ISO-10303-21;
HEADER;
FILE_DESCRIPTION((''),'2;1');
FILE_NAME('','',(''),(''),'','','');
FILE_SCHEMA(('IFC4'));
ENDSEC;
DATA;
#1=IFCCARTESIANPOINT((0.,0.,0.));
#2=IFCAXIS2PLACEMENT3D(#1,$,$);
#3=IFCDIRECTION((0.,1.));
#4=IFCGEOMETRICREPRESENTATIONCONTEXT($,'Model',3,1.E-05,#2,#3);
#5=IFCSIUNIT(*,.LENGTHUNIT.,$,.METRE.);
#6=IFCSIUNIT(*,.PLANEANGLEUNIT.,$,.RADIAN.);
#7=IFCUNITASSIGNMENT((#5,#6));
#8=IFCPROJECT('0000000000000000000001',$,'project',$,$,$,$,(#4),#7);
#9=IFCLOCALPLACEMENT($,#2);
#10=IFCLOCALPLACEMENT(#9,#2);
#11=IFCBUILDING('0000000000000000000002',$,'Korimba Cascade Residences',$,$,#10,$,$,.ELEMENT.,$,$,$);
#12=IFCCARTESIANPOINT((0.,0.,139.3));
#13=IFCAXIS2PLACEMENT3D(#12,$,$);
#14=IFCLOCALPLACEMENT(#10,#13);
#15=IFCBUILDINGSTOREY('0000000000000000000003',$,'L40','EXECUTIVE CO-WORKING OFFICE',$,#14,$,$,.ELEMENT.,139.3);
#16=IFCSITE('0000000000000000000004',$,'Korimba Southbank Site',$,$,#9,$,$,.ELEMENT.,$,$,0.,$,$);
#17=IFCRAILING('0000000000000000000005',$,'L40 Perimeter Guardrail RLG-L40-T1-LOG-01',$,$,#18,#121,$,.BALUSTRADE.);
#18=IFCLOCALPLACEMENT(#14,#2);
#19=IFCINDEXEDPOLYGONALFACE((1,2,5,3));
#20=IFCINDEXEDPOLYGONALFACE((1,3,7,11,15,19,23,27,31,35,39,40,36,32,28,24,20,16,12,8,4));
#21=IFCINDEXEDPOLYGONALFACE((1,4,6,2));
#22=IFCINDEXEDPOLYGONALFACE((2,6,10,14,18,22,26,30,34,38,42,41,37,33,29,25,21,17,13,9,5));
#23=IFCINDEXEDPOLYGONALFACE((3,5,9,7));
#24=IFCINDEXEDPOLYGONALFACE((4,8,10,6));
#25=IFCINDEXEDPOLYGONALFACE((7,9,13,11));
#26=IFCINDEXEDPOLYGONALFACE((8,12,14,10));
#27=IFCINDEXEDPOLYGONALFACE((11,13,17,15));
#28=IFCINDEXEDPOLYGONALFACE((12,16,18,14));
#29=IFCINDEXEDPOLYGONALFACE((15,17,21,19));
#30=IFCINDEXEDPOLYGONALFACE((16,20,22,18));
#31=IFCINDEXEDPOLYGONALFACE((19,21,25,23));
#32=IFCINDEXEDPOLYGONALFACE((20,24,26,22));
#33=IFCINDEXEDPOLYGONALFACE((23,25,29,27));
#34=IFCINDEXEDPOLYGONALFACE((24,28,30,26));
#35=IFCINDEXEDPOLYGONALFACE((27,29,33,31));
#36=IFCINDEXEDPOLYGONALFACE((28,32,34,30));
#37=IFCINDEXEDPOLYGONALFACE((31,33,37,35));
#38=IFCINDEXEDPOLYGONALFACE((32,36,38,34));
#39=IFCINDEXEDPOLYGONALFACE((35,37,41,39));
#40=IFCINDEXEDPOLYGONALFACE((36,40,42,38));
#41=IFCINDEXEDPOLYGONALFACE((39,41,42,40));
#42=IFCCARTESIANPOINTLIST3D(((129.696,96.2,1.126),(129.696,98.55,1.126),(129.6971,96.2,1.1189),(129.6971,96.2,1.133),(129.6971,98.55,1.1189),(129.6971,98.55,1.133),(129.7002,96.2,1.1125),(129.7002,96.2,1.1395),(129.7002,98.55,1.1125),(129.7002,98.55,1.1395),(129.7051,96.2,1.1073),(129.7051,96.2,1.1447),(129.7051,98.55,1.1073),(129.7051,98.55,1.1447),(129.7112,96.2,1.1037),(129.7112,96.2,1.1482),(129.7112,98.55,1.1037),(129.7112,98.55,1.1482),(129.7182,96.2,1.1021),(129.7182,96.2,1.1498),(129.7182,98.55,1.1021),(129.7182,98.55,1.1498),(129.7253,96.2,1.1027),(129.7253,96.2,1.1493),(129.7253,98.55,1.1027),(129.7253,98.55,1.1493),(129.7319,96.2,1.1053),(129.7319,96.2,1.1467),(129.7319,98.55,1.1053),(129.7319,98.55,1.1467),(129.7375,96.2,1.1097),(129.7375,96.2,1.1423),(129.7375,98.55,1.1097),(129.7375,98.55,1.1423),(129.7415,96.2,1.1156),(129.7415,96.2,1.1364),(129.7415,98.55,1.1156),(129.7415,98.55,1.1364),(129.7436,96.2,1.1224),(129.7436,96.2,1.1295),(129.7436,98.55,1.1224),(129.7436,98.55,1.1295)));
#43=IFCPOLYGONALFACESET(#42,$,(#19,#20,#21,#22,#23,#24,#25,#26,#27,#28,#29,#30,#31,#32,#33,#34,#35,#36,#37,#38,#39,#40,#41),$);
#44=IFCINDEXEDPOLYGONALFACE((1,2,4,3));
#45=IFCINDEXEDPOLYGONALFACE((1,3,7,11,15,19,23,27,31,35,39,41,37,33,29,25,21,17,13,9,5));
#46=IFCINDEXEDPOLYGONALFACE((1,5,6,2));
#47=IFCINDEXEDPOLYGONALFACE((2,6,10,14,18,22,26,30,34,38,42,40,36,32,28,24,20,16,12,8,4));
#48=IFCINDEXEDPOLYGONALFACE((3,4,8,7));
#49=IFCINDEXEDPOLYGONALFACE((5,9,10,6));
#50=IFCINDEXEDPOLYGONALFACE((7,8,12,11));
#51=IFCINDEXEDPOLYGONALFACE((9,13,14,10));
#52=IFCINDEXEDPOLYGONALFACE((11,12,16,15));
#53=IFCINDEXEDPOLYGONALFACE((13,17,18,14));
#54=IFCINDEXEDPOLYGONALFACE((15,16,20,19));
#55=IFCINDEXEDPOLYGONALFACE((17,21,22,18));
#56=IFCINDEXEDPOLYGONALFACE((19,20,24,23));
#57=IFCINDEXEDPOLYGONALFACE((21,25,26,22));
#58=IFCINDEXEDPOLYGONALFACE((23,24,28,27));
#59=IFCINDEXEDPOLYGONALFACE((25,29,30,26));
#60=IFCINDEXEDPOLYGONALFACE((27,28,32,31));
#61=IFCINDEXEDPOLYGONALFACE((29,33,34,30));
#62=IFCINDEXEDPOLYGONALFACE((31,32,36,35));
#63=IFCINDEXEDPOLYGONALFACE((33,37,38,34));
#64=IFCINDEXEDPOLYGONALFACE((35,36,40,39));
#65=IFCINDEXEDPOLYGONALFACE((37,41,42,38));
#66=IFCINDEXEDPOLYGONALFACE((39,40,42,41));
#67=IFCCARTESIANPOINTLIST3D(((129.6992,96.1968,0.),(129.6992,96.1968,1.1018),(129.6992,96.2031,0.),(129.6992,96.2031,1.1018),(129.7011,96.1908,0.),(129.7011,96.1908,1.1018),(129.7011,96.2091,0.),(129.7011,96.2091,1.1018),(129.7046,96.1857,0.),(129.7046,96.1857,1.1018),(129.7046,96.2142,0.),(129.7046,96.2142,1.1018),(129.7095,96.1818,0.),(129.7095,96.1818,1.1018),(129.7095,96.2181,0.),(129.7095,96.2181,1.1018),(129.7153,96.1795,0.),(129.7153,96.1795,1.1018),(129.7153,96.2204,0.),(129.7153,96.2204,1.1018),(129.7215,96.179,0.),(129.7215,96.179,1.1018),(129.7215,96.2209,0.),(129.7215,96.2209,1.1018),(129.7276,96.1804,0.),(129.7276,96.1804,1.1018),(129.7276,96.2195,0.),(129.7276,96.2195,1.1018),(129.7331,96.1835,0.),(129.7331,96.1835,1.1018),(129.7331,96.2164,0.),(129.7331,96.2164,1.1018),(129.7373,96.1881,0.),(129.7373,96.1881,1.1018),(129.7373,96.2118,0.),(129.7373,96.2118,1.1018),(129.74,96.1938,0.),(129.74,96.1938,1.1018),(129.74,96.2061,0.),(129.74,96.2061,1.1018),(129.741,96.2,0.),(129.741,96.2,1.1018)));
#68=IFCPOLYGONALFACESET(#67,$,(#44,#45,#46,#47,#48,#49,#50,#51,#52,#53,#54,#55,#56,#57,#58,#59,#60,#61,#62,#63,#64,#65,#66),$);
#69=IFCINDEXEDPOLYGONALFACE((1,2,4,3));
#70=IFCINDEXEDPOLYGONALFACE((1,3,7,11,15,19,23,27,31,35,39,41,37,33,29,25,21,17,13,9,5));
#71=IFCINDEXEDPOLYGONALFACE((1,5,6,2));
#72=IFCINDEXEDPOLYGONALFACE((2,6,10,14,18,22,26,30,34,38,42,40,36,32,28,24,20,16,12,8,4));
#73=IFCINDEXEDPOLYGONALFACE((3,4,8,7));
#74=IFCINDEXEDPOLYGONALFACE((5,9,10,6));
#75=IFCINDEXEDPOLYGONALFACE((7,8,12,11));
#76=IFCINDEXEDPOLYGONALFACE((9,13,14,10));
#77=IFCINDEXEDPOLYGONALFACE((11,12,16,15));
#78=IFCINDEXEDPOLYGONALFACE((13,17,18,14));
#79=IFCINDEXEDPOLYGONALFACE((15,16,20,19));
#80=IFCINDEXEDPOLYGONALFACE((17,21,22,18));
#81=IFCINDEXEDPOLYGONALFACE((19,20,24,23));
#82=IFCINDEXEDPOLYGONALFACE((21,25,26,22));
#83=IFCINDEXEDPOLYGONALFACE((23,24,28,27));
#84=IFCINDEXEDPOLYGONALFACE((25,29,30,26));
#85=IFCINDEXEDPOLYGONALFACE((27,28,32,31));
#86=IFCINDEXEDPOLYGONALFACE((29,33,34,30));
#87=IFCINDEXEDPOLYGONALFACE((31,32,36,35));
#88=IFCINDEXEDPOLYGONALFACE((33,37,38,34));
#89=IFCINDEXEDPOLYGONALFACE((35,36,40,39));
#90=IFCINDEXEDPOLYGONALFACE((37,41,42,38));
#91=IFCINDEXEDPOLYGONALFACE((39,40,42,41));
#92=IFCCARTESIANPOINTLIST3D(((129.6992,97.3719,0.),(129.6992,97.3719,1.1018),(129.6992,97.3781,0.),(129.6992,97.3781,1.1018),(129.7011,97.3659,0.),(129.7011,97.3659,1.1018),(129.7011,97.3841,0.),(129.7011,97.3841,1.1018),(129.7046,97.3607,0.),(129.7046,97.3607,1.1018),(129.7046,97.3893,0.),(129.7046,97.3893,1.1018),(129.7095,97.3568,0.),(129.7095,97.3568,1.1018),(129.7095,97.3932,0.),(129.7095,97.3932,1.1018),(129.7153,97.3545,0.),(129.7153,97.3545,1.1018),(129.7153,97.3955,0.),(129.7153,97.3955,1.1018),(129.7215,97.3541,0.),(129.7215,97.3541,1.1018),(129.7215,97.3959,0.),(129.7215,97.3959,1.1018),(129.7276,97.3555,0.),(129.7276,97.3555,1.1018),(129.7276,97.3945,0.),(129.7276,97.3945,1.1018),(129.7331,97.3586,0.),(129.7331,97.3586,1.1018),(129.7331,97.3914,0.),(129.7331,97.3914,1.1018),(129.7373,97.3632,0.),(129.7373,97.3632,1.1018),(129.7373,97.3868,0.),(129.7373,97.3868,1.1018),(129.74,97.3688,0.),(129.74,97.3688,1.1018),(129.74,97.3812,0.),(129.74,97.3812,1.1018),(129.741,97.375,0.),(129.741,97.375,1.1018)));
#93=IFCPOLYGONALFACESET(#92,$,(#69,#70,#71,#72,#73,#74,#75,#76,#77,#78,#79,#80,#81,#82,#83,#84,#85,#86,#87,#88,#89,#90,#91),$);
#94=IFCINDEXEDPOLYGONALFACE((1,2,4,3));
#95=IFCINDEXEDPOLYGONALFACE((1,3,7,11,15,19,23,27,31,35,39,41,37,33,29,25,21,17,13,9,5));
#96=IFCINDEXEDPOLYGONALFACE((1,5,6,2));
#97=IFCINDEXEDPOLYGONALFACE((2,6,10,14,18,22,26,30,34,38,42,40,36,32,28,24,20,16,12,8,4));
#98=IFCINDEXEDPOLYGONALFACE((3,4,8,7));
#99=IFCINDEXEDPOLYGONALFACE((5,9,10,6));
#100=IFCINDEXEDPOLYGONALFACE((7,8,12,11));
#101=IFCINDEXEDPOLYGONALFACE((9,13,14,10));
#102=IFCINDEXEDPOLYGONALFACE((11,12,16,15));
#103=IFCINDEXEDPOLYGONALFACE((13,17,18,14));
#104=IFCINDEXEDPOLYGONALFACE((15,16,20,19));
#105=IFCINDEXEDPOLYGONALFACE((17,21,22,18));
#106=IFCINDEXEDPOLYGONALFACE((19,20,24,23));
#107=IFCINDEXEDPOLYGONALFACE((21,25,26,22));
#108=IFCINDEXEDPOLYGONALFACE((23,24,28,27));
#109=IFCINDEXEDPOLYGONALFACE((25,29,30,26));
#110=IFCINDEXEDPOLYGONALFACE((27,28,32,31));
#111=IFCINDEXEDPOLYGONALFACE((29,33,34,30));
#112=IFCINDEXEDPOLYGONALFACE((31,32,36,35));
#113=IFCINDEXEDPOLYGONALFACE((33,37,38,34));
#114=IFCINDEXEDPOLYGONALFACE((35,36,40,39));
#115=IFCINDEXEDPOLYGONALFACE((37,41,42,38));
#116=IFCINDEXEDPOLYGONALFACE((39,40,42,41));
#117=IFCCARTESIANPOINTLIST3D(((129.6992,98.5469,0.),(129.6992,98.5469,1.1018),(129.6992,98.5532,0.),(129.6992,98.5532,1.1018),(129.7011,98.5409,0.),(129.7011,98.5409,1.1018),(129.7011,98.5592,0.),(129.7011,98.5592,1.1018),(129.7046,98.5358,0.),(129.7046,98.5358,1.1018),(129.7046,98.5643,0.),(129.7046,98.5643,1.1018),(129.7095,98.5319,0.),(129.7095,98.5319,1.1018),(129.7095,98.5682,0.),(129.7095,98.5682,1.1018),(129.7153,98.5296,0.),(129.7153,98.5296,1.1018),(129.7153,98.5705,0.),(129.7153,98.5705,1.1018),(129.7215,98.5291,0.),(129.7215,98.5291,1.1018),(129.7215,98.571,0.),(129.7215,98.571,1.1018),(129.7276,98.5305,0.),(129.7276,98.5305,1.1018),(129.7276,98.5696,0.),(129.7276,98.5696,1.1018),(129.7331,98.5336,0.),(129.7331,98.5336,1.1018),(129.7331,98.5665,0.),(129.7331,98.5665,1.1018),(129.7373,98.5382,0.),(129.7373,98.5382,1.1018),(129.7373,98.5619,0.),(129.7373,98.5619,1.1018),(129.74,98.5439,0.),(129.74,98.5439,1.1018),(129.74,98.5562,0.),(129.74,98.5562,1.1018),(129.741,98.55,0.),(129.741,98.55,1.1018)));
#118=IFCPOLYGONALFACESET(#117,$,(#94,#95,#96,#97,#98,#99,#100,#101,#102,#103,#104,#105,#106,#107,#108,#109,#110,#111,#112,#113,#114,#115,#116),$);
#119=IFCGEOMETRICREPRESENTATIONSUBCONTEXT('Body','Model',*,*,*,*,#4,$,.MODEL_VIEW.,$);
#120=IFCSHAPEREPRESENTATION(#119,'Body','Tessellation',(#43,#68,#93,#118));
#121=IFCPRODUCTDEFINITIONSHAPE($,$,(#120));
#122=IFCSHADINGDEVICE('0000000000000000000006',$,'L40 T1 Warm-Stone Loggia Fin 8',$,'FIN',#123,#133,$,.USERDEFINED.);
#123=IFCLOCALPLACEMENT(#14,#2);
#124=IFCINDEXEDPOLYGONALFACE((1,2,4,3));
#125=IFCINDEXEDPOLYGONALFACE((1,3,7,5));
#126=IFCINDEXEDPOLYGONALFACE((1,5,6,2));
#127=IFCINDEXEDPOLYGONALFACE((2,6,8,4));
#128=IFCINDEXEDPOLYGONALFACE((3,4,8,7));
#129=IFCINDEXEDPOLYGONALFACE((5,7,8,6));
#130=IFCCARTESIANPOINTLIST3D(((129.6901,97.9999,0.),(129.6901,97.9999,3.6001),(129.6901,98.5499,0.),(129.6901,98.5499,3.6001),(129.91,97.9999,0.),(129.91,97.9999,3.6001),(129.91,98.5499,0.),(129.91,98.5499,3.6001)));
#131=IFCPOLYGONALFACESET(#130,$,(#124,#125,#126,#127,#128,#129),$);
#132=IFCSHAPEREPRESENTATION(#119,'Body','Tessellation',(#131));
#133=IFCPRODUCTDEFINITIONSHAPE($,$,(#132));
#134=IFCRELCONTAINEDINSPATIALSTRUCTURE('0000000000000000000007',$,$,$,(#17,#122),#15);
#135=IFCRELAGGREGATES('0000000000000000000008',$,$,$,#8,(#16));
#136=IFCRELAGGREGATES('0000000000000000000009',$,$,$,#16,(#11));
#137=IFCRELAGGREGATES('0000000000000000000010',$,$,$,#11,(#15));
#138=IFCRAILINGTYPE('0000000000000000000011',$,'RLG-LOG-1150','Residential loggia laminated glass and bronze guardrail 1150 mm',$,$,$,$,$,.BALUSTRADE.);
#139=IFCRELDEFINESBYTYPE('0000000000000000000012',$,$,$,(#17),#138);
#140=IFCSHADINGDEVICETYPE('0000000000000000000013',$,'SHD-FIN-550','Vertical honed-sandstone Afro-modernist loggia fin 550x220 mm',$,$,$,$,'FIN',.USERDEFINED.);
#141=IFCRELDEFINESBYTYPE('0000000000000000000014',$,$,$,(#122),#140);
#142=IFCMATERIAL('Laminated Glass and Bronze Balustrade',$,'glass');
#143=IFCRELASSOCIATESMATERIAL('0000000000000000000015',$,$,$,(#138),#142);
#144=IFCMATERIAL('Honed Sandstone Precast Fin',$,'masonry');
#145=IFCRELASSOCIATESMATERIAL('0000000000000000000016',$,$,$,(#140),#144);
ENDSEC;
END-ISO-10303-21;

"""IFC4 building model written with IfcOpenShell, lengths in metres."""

from ifc_helpers import new_model, si_unit, direction, frame, origin, origin_2d, place, context, subcontext, project, spatial, rectangle, circle, extrude, material, type_object, element, save


model = new_model("IFC4")

# Units and contexts
model_context = context("Model", 3, precision=1e-05, world=origin(), true_north=direction((0.0, 1.0)))
body_context = subcontext(model_context, "Body", "Model", "MODEL_VIEW")
ifc_project = project(units=[si_unit("LENGTHUNIT", "METRE"), si_unit("PLANEANGLEUNIT", "RADIAN")], contexts=[model_context])

# Site, building, storey
site_placement = place(None, origin())
site = spatial("IfcSite", under=ifc_project, at=site_placement, Name="Korimba Southbank Site", CompositionType="ELEMENT", RefElevation=0.0)
building_placement = place(site_placement, origin())
building = spatial("IfcBuilding", under=site, at=building_placement, Name="Korimba Cascade Residences", CompositionType="ELEMENT")
storey_placement = place(building_placement, frame((0.0, 0.0, 139.3)))
storey = spatial("IfcBuildingStorey", under=building, at=storey_placement, Name="L40", Description="EXECUTIVE CO-WORKING OFFICE", CompositionType="ELEMENT", Elevation=139.3)

# Railing
ifc_material_1 = material(Name="Laminated Glass and Bronze Balustrade", Category="glass")
railing_type = type_object("IfcRailingType", Name="RLG-LOG-1150", Description="Residential loggia laminated glass and bronze guardrail 1150 mm", PredefinedType="BALUSTRADE", material=ifc_material_1)
railing_1_placement = place(storey_placement, frame((129.72, 96.2, 0.0)))
element("IfcRailing", 1, at=railing_1_placement, inside=storey, type_object=railing_type, Name="L40 Perimeter Guardrail RLG-L40-T1-LOG-01", PredefinedType="BALUSTRADE", context=body_context, shape_type="SweptSolid", body=[
    extrude(circle(Radius=0.0239, at=origin_2d()), frame((0.0, 0.0, 1.126), z_axis=(0.0, 1.0, 0.0), x_axis=(-1.0, 0.0, 0.0)), (0.0, 0.0, 1.0), 2.3501),
    extrude(circle(Radius=0.021, at=origin_2d()), origin(), (0.0, 0.0, 1.0), 1.1018),
    extrude(circle(Radius=0.021, at=origin_2d()), frame((0.0, 1.175, 0.0)), (0.0, 0.0, 1.0), 1.1018),
    extrude(circle(Radius=0.021, at=origin_2d()), frame((0.0, 2.3501, 0.0)), (0.0, 0.0, 1.0), 1.1018),
])

# Shading device
ifc_material_2 = material(Name="Honed Sandstone Precast Fin", Category="masonry")
shading_device_type = type_object("IfcShadingDeviceType", Name="SHD-FIN-550", Description="Vertical honed-sandstone Afro-modernist loggia fin 550x220 mm", ElementType="FIN", PredefinedType="USERDEFINED", material=ifc_material_2)
shading_device_placement = place(storey_placement, frame((129.8, 98.2749, 0.0), z_axis=(0.0, 0.0, 1.0), x_axis=(1.0, 0.0, 0.0)))
element("IfcShadingDevice", 2, at=shading_device_placement, inside=storey, type_object=shading_device_type, Name="L40 T1 Warm-Stone Loggia Fin 8", ObjectType="FIN", PredefinedType="USERDEFINED", context=body_context, shape_type="SweptSolid", body=[
    extrude(rectangle(XDim=0.22, YDim=0.55, at=origin_2d()), origin(), (0.0, 0.0, 1.0), 3.6001),
])

save(model, "model.ifc")
